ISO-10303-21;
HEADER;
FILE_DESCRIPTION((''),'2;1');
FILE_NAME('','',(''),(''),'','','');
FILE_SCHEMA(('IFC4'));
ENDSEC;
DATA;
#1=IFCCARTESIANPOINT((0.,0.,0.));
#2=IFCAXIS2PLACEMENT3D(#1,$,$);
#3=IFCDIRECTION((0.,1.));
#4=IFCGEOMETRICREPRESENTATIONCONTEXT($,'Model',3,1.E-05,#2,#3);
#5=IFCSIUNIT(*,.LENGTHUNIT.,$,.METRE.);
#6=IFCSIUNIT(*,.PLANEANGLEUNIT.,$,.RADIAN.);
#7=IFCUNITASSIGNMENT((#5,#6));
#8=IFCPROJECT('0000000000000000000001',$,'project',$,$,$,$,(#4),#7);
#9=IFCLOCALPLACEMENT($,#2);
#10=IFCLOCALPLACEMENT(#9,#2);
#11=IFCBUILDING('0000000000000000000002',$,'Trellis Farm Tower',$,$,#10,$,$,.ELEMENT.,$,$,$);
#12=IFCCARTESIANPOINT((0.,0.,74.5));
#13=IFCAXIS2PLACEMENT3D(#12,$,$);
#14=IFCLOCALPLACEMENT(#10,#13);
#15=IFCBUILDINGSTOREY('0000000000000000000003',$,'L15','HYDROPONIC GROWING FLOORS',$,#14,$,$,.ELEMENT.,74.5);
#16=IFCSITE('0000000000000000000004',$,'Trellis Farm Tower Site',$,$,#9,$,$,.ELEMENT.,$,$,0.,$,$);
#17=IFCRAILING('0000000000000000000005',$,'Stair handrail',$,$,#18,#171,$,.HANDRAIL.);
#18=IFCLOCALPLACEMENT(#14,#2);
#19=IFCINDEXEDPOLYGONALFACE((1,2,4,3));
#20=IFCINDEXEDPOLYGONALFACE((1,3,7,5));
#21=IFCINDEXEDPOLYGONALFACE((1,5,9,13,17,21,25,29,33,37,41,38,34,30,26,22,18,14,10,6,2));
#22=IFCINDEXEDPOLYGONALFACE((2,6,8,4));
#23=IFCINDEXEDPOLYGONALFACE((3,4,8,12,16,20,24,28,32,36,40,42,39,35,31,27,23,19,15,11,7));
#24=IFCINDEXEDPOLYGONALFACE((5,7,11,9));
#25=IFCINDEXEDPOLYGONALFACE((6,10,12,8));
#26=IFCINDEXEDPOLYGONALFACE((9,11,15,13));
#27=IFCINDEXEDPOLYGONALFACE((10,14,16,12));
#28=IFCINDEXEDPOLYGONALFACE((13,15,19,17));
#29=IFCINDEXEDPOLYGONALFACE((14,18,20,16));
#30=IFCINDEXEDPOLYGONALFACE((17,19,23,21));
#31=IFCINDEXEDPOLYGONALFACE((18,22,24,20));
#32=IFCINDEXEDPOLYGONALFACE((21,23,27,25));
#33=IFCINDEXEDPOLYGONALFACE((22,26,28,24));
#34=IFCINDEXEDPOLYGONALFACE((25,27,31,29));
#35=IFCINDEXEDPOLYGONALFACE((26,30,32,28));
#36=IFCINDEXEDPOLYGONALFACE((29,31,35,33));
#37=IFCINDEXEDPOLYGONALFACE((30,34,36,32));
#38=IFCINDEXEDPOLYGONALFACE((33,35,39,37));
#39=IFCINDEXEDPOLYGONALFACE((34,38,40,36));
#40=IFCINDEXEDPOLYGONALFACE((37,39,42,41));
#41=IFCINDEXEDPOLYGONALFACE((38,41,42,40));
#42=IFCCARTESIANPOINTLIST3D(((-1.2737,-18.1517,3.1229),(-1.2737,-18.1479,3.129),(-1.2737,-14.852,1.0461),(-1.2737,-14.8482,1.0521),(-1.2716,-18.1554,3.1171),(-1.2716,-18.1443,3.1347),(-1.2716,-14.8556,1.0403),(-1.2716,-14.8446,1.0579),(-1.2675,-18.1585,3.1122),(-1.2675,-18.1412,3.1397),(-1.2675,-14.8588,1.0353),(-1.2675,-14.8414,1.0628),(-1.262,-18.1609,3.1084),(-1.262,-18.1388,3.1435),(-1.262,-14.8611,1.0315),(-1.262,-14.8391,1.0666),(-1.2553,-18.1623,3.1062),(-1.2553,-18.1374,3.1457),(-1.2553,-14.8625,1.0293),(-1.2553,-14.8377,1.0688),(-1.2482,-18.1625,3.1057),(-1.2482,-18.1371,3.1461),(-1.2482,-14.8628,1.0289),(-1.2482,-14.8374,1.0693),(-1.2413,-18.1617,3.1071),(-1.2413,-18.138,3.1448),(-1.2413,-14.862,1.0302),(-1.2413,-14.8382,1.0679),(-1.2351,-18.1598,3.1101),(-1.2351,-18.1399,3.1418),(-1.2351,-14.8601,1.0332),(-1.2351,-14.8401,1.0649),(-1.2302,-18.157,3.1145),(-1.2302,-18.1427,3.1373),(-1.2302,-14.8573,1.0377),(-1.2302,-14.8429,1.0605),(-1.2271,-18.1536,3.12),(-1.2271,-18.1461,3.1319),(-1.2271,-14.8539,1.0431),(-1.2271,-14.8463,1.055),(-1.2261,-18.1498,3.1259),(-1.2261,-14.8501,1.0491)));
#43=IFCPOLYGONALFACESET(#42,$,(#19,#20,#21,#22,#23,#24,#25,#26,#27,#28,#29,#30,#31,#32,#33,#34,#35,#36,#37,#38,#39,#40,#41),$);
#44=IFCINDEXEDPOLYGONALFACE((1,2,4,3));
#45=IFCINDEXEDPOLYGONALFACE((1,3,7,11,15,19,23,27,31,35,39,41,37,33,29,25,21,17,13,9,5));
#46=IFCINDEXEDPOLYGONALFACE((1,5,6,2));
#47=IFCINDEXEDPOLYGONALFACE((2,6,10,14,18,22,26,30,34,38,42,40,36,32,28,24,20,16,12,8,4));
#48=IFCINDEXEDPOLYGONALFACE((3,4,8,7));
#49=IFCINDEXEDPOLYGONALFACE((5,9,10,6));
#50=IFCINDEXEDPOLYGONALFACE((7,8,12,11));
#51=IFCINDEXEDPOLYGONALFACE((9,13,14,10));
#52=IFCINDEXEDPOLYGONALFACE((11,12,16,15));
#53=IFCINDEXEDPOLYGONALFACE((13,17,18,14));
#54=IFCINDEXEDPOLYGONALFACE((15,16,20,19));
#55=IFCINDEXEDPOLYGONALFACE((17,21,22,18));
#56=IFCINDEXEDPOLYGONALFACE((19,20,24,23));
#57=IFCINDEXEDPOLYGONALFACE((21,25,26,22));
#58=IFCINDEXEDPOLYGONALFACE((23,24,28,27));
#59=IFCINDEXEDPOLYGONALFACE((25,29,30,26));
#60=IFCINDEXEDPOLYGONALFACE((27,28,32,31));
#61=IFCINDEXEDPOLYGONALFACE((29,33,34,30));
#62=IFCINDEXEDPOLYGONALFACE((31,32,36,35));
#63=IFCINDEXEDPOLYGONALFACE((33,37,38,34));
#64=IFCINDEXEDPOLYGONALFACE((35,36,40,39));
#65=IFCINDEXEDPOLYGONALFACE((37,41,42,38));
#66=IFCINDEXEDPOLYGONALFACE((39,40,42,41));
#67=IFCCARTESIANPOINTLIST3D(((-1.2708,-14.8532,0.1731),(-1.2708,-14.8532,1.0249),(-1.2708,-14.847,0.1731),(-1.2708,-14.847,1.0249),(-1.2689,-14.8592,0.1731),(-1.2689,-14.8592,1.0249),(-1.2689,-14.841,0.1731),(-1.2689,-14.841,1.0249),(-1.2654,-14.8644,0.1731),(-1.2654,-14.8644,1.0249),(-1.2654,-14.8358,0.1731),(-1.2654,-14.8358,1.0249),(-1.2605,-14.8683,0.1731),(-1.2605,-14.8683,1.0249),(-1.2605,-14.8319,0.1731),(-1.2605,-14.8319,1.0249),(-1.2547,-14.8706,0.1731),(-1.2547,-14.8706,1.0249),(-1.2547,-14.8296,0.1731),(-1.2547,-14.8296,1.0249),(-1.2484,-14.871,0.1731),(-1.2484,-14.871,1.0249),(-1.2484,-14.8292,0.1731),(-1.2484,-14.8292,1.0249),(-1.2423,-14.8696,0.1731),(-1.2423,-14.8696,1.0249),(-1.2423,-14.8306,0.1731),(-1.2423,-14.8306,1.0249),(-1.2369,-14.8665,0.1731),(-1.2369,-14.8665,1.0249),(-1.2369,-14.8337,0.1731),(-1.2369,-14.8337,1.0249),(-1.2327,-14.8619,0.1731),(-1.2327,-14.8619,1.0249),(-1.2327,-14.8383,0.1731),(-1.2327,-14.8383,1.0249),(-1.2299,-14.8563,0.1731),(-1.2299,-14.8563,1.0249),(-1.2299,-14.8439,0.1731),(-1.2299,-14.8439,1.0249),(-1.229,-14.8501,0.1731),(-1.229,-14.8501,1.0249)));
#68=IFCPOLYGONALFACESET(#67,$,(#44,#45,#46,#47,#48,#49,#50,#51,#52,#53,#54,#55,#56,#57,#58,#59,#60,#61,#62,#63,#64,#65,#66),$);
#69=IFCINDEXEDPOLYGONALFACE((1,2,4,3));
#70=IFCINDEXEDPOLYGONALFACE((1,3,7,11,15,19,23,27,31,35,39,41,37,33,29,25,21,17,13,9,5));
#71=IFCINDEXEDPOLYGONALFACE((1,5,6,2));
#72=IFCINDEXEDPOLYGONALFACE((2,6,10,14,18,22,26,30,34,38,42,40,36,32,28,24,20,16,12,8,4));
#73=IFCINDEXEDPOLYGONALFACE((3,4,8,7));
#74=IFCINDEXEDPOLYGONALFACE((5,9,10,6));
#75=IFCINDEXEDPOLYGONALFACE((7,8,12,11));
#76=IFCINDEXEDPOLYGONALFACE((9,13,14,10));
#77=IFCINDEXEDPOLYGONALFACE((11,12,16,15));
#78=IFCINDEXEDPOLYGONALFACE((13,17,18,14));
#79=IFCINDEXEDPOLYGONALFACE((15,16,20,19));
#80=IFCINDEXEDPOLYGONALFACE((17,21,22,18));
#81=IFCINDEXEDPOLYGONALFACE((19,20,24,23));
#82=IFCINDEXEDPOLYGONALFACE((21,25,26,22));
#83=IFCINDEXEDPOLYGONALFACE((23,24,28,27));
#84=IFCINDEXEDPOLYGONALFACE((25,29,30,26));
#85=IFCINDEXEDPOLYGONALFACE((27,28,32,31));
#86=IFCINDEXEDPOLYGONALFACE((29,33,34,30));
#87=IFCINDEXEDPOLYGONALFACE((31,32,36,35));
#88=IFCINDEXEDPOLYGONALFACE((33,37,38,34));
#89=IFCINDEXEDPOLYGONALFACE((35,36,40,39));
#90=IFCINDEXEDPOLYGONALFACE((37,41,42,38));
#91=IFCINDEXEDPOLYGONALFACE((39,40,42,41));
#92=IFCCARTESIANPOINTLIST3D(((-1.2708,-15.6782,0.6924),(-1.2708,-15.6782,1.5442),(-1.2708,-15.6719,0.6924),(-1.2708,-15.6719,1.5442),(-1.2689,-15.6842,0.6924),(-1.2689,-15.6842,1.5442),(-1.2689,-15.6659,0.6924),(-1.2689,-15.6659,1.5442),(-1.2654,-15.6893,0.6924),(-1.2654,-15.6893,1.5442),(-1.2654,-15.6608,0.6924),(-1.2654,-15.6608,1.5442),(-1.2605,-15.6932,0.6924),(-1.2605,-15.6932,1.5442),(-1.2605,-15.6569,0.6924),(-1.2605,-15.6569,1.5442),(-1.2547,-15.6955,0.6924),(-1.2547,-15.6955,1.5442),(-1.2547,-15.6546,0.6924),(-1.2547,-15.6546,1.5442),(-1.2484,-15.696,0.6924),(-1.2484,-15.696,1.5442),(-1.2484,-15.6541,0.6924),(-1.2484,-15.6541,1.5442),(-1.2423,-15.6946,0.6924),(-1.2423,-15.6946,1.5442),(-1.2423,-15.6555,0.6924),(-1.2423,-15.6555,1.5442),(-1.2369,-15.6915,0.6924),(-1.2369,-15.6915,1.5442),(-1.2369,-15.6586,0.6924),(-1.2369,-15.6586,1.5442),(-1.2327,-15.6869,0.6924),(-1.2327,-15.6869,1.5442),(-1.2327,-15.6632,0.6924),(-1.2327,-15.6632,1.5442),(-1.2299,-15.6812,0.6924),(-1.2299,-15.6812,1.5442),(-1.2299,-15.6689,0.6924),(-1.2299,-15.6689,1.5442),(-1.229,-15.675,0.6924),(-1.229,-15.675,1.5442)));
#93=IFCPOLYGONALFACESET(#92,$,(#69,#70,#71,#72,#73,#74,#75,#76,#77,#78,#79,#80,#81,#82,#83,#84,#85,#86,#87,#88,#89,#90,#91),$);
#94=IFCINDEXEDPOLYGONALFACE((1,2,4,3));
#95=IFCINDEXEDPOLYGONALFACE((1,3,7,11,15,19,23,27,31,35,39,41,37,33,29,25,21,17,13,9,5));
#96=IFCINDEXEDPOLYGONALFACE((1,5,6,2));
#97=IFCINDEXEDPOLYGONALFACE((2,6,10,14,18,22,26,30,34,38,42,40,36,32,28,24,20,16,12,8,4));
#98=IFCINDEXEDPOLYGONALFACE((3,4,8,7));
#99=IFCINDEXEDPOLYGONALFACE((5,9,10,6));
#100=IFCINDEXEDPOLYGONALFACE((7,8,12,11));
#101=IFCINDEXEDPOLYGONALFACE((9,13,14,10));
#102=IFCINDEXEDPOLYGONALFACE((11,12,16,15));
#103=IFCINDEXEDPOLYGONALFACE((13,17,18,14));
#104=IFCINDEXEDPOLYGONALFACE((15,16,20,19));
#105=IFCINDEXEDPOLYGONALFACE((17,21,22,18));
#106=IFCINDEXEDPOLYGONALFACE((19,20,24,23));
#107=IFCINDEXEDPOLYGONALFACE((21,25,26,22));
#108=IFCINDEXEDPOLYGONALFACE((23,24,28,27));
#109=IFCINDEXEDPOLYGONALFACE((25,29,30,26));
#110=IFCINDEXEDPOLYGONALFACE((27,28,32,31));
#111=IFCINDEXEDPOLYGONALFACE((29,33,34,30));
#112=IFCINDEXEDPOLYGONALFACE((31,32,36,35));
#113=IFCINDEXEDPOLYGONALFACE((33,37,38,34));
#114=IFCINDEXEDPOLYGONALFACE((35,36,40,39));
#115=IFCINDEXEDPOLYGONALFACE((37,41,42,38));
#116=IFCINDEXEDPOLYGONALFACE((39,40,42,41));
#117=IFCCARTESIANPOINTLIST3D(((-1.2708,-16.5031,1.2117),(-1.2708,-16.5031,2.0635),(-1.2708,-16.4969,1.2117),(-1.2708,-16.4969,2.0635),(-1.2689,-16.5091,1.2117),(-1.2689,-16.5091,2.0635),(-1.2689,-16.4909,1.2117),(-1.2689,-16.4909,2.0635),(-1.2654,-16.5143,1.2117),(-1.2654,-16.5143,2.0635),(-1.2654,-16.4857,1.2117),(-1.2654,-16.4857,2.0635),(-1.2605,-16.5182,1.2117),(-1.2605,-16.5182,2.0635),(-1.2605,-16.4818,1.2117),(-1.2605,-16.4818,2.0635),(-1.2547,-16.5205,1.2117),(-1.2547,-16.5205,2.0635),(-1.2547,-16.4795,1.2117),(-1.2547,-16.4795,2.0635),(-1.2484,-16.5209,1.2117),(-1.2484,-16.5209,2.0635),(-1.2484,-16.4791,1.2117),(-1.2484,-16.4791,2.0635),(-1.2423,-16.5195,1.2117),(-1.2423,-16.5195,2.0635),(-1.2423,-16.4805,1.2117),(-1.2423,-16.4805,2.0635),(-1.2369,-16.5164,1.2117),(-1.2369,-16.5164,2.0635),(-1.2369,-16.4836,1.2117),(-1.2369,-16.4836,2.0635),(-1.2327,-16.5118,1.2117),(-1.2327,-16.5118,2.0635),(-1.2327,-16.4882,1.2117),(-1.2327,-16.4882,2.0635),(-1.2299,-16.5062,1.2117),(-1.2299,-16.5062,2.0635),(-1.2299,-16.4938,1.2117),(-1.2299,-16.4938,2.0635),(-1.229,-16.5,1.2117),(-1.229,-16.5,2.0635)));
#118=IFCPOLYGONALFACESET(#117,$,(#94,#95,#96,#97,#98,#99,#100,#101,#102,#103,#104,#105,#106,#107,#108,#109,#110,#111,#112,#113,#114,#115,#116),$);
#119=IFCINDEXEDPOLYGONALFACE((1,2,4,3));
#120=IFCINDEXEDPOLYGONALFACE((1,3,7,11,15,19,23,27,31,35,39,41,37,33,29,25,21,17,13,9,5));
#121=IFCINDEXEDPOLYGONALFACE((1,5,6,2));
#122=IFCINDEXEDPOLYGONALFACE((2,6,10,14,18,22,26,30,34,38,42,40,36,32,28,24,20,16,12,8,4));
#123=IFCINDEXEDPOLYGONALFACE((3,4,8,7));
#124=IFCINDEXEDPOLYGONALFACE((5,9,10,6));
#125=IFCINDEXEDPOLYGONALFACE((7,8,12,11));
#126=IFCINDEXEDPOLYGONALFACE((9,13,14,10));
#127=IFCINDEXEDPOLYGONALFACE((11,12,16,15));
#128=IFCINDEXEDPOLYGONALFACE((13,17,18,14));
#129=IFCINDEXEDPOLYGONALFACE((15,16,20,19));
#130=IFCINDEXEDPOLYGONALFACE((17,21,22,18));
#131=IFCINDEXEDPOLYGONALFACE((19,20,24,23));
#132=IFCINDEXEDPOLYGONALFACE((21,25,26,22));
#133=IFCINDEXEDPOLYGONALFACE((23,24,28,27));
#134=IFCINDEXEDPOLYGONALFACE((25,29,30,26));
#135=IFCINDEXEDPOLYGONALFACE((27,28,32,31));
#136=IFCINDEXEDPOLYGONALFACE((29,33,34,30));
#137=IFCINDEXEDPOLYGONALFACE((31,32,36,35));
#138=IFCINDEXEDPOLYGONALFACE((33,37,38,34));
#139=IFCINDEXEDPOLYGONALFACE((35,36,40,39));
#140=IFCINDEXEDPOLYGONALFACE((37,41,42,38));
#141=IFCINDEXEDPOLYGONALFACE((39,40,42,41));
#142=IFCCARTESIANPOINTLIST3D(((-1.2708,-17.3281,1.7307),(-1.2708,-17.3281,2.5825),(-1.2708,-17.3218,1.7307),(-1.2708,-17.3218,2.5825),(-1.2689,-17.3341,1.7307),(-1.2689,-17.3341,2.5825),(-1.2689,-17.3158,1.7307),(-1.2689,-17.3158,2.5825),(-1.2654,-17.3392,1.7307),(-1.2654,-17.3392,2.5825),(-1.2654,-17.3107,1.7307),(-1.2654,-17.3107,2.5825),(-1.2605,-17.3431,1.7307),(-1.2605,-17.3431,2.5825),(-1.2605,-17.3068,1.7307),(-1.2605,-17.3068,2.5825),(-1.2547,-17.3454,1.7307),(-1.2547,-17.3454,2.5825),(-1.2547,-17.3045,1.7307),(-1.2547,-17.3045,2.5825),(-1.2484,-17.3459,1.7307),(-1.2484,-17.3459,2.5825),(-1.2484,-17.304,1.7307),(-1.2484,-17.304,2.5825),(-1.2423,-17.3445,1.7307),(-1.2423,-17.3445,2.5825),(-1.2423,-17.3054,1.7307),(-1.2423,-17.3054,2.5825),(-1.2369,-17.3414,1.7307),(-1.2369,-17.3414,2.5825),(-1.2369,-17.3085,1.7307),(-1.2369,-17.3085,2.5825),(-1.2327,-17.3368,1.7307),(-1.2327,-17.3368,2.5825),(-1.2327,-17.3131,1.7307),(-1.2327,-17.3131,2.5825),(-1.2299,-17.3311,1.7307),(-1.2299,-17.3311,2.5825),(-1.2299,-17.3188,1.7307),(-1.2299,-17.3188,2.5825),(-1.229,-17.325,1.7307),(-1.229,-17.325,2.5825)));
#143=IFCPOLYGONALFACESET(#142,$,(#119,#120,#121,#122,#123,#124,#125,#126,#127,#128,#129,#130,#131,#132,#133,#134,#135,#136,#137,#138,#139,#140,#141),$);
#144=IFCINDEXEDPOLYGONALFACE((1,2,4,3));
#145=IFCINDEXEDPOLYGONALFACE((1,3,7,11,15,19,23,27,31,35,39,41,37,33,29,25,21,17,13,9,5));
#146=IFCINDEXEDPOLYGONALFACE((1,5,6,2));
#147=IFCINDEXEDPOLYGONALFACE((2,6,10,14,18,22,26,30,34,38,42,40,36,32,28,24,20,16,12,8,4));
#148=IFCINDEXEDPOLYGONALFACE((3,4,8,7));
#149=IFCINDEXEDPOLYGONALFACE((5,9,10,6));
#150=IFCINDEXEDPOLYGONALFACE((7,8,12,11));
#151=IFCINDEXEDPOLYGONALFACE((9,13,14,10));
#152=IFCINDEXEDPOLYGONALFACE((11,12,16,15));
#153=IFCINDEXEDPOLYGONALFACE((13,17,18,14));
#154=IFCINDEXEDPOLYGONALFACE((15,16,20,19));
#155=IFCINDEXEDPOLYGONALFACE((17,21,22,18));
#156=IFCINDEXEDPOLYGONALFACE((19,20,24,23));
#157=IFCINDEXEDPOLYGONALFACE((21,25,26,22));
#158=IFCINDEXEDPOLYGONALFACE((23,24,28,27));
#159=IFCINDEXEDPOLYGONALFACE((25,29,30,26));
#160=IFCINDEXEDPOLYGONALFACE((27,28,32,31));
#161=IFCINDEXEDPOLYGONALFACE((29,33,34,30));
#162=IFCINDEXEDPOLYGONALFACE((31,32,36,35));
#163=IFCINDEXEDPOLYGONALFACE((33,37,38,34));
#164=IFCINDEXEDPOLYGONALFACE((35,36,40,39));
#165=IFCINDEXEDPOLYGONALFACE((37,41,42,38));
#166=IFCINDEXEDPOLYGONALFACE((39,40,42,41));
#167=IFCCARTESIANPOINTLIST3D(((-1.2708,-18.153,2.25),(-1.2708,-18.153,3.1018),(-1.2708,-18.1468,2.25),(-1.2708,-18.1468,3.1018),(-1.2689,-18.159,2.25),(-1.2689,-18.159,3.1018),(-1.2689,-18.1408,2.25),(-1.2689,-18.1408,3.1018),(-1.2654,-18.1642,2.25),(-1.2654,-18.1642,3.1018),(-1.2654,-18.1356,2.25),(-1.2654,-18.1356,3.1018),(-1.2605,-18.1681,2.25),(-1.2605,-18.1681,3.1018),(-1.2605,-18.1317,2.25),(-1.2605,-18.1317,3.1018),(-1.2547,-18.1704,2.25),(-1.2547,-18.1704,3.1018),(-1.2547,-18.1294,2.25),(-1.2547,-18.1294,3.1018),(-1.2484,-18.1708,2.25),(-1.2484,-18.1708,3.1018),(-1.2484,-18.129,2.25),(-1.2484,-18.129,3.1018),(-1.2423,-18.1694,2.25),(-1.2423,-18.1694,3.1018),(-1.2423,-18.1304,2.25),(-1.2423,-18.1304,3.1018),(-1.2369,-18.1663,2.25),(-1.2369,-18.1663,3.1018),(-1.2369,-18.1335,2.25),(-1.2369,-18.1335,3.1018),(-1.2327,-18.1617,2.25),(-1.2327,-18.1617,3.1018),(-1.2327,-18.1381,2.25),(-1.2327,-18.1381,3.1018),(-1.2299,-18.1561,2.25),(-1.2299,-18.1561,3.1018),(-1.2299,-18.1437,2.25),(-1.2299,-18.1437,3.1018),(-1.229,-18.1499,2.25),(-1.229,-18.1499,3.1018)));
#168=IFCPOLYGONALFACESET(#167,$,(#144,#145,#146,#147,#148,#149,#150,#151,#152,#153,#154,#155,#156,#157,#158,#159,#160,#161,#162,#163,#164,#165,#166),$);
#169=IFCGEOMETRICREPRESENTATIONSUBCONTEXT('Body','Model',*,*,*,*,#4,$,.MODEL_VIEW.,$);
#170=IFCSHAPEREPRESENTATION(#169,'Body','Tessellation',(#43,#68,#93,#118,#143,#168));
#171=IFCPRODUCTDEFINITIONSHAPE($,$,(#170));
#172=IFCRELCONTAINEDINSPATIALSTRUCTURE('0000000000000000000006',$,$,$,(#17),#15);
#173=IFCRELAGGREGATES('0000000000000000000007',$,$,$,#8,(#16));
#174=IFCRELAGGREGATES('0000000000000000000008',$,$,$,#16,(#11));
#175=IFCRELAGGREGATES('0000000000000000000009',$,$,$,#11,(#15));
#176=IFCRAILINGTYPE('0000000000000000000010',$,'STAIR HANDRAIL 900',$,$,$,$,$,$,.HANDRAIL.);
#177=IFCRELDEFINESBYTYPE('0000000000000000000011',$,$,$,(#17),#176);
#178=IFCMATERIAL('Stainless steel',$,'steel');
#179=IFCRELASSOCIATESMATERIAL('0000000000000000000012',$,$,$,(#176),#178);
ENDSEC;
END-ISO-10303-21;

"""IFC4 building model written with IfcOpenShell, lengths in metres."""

from ifc_helpers import new_model, si_unit, direction, frame, origin, origin_2d, place, context, subcontext, project, spatial, circle, extrude, source, transform, mapped, material, type_object, element, save


model = new_model("IFC4")

# Units and contexts
model_context = context("Model", 3, precision=1e-05, world=origin(), true_north=direction((0.0, 1.0)))
body_context = subcontext(model_context, "Body", "Model", "MODEL_VIEW")
ifc_project = project(units=[si_unit("LENGTHUNIT", "METRE"), si_unit("PLANEANGLEUNIT", "RADIAN")], contexts=[model_context])

# Site, building, storey
site_placement = place(None, origin())
site = spatial("IfcSite", under=ifc_project, at=site_placement, Name="Trellis Farm Tower Site", CompositionType="ELEMENT", RefElevation=0.0)
building_placement = place(site_placement, origin())
building = spatial("IfcBuilding", under=site, at=building_placement, Name="Trellis Farm Tower", CompositionType="ELEMENT")
storey_placement = place(building_placement, frame((0.0, 0.0, 74.5)))
storey = spatial("IfcBuildingStorey", under=building, at=storey_placement, Name="L15", Description="HYDROPONIC GROWING FLOORS", CompositionType="ELEMENT", Elevation=74.5)

# Railing
ifc_material_1 = material(Name="Stainless steel", Category="steel")
railing_type = type_object("IfcRailingType", Name="STAIR HANDRAIL 900", PredefinedType="HANDRAIL", material=ifc_material_1)
shared_shape_1 = source(origin(), body_context, "Body", "SweptSolid", [
    extrude(circle(Radius=0.0239, at=origin_2d()), frame((0.0, 0.0, 0.876), z_axis=(0.0, -0.84632, 0.532675), x_axis=(1.0, 0.0, 0.0)), (0.0, 0.0, 1.0), 3.8989),
    extrude(circle(Radius=0.021, at=origin_2d()), origin(), (0.0, 0.0, 1.0), 0.8518),
    extrude(circle(Radius=0.021, at=origin_2d()), frame((0.0, -0.825, 0.5193)), (0.0, 0.0, 1.0), 0.8518),
    extrude(circle(Radius=0.021, at=origin_2d()), frame((0.0, -1.6499, 1.0386)), (0.0, 0.0, 1.0), 0.8518),
    extrude(circle(Radius=0.021, at=origin_2d()), frame((0.0, -2.4749, 1.5576)), (0.0, 0.0, 1.0), 0.8518),
    extrude(circle(Radius=0.021, at=origin_2d()), frame((0.0, -3.2998, 2.0769)), (0.0, 0.0, 1.0), 0.8518),
])
railing_placement = place(storey_placement, frame((-1.25, -14.8501, 0.1731)))
element("IfcRailing", 1, at=railing_placement, inside=storey, type_object=railing_type, Name="Stair handrail", PredefinedType="HANDRAIL", context=body_context, shape_type="MappedRepresentation", body=[
    mapped(shared_shape_1, transform((0.0, 0.0, 0.0))),
])

save(model, "model.ifc")
